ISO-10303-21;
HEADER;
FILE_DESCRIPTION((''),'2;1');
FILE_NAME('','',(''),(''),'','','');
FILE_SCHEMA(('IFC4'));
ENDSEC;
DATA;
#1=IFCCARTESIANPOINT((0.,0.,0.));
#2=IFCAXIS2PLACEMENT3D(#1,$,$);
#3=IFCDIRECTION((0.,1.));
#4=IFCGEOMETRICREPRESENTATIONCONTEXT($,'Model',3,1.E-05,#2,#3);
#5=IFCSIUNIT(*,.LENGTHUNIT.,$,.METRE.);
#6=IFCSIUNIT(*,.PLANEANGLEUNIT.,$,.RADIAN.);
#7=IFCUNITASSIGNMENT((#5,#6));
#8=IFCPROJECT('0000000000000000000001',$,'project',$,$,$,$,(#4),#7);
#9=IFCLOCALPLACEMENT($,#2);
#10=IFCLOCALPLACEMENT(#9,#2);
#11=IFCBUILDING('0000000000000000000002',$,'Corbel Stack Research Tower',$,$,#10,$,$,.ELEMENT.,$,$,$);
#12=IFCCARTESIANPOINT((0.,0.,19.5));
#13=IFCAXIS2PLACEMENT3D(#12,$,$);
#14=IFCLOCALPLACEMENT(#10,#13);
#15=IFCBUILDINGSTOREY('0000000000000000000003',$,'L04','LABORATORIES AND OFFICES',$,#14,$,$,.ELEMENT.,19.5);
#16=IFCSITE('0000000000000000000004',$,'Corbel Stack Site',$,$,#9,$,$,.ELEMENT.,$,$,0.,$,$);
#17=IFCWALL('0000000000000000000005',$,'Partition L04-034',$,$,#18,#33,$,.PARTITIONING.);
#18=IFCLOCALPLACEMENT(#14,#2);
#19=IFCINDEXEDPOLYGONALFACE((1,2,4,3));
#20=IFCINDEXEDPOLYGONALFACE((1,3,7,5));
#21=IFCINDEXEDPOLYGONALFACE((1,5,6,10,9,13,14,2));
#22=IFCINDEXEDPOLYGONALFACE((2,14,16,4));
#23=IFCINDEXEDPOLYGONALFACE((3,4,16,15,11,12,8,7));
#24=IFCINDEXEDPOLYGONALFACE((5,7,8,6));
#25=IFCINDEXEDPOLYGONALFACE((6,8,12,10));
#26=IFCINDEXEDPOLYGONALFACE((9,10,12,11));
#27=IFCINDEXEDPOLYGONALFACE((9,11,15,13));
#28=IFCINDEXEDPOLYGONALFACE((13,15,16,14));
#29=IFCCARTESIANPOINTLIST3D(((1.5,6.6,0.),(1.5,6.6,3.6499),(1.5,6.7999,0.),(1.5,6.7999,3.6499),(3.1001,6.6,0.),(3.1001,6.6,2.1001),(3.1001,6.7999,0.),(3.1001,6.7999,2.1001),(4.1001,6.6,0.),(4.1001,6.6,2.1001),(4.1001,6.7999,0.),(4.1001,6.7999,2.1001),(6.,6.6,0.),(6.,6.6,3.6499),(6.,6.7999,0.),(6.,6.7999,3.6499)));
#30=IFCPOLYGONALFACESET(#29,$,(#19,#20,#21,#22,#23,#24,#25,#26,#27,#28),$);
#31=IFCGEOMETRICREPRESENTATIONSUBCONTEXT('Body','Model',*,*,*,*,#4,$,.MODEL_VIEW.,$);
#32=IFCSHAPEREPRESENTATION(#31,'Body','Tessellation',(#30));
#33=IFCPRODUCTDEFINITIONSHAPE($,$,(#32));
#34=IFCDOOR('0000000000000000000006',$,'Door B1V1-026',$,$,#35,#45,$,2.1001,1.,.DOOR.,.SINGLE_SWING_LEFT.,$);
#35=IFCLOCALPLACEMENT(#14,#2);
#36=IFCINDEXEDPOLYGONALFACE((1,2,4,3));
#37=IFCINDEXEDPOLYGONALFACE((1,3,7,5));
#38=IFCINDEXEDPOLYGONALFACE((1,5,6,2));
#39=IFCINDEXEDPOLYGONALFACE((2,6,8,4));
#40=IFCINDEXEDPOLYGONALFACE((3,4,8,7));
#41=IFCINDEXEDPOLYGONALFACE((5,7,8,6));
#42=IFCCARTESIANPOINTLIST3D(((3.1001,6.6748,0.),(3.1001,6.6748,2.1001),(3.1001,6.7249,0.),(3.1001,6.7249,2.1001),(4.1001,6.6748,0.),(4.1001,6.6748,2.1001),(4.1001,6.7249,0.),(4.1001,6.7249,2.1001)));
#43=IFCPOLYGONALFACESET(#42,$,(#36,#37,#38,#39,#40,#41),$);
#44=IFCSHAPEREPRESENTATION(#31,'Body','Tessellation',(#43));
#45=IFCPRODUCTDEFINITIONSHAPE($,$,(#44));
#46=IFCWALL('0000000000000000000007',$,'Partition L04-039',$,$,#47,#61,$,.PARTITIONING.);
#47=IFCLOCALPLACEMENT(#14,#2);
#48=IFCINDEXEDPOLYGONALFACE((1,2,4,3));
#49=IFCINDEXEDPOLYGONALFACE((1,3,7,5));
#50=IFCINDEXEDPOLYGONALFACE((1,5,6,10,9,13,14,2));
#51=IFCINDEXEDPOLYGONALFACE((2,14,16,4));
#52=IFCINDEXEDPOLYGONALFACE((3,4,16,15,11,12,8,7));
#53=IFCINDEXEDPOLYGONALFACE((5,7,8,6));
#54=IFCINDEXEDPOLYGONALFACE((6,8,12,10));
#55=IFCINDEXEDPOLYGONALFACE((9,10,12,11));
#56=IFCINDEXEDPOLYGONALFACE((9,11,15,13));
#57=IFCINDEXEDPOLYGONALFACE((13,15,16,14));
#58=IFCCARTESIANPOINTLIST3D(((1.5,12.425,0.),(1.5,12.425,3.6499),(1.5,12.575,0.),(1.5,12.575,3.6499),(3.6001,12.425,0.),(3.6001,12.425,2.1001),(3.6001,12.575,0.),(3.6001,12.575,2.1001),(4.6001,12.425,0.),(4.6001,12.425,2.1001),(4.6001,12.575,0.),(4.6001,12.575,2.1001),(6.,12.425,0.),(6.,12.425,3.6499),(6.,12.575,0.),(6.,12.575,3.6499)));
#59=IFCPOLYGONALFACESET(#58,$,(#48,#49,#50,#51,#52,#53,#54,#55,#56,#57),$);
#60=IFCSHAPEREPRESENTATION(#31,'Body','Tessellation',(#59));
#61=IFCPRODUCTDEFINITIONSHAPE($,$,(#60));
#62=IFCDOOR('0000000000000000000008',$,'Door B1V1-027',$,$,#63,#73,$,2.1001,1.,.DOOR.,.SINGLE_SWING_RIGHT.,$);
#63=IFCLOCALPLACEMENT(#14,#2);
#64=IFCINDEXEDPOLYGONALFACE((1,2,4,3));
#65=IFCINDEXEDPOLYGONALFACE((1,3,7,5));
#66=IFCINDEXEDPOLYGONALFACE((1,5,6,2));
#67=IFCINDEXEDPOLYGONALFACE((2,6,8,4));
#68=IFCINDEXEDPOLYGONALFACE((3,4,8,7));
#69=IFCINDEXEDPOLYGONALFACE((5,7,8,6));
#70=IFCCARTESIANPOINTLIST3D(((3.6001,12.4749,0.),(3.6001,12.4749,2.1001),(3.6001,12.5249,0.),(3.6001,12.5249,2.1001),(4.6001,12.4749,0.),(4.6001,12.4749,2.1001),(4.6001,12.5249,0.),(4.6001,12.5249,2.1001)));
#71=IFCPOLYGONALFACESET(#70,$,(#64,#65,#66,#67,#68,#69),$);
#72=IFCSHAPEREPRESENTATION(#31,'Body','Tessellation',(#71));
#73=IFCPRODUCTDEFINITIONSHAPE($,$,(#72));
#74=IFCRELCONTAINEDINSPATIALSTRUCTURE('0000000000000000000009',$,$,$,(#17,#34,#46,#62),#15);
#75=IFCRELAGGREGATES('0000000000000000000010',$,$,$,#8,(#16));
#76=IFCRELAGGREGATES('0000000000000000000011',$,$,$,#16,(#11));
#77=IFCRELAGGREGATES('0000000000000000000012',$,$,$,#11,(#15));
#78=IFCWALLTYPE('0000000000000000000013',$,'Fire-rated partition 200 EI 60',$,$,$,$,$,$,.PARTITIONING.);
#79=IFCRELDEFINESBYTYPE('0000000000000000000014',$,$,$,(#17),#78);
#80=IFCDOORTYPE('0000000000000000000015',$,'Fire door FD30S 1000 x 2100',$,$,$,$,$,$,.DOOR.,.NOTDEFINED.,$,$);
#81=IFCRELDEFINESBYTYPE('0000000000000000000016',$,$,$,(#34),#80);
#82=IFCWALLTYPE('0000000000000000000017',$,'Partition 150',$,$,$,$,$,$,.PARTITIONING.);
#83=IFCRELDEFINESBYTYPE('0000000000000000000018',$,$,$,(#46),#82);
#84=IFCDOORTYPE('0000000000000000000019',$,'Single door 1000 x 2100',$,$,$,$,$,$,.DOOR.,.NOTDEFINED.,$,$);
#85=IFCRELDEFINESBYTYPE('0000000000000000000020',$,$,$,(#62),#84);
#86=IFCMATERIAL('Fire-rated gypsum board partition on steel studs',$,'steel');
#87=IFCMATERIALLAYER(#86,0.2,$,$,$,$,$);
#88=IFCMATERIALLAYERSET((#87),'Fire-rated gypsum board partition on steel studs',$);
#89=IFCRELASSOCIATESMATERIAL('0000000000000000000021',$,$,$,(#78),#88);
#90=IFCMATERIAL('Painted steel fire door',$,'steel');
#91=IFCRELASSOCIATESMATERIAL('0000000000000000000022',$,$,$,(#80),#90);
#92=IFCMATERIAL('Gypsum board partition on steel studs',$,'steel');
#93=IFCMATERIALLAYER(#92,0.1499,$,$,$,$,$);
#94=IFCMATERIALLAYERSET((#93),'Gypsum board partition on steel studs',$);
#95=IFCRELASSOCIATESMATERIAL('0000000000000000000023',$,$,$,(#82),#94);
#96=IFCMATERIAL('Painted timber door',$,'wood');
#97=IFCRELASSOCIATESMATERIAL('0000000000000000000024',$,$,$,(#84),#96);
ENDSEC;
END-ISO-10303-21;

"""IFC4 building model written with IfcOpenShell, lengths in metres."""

from ifc_helpers import new_model, si_unit, direction, frame, frame_2d, origin, place, context, subcontext, project, spatial, rectangle, extrude, material, layer, layer_set, type_object, element, fill, save


model = new_model("IFC4")

# Units and contexts
model_context = context("Model", 3, precision=1e-05, world=origin(), true_north=direction((0.0, 1.0)))
body_context = subcontext(model_context, "Body", "Model", "MODEL_VIEW")
ifc_project = project(units=[si_unit("LENGTHUNIT", "METRE"), si_unit("PLANEANGLEUNIT", "RADIAN")], contexts=[model_context])

# Site, building, storey
site_placement = place(None, origin())
site = spatial("IfcSite", under=ifc_project, at=site_placement, Name="Corbel Stack Site", CompositionType="ELEMENT", RefElevation=0.0)
building_placement = place(site_placement, origin())
building = spatial("IfcBuilding", under=site, at=building_placement, Name="Corbel Stack Research Tower", CompositionType="ELEMENT")
storey_placement = place(building_placement, frame((0.0, 0.0, 19.5)))
storey = spatial("IfcBuildingStorey", under=building, at=storey_placement, Name="L04", Description="LABORATORIES AND OFFICES", CompositionType="ELEMENT", Elevation=19.5)

# Walls, openings, doors
ifc_material_1 = material(Name="Fire-rated gypsum board partition on steel studs", Category="steel")
ifc_layer_1 = layer(ifc_material_1, 0.2)
ifc_layer_set_1 = layer_set([ifc_layer_1], Name="Fire-rated gypsum board partition on steel studs")
wall_type_1 = type_object("IfcWallType", Name="Fire-rated partition 200 EI 60", PredefinedType="PARTITIONING", material=ifc_layer_set_1)
wall_1_placement = place(storey_placement, frame((1.5, 6.7, 0.0), z_axis=(0.0, 0.0, 1.0), x_axis=(1.0, 0.0, 0.0)))
wall_1 = element("IfcWall", 1, at=wall_1_placement, inside=storey, type_object=wall_type_1, Name="Partition L04-034", PredefinedType="PARTITIONING", context=body_context, shape_type="SweptSolid", body=[
    extrude(rectangle(XDim=4.5, YDim=0.2, at=frame_2d((2.25, 0.0))), origin(), (0.0, 0.0, 1.0), 3.6499),
])
opening_1_placement = place(wall_1_placement, frame((1.6001, 0.0, 0.0)))
opening_1 = element("IfcOpeningElement", 2, at=opening_1_placement, cuts=wall_1, PredefinedType="OPENING", context=body_context, shape_type="SweptSolid", body=[
    extrude(rectangle(XDim=1.0, YDim=2.1001, at=frame_2d((0.5, 1.05))), frame((0.0, 0.1099, 0.0), z_axis=(0.0, -1.0, 0.0), x_axis=(1.0, 0.0, 0.0)), (0.0, 0.0, 1.0), 0.22),
])
ifc_material_2 = material(Name="Painted steel fire door", Category="steel")
door_type_1 = type_object("IfcDoorType", Name="Fire door FD30S 1000 x 2100", OperationType="NOTDEFINED", PredefinedType="DOOR", material=ifc_material_2)
door_1_placement = place(opening_1_placement, origin())
door_1 = element("IfcDoor", 3, at=door_1_placement, inside=storey, type_object=door_type_1, Name="Door B1V1-026", OperationType="SINGLE_SWING_LEFT", OverallHeight=2.1001, OverallWidth=1.0, PredefinedType="DOOR", context=body_context, shape_type="SweptSolid", body=[
    extrude(rectangle(XDim=1.0, YDim=2.1001, at=frame_2d((0.5, 1.05))), frame((0.0, 0.0249, 0.0), z_axis=(0.0, -1.0, 0.0), x_axis=(1.0, 0.0, 0.0)), (0.0, 0.0, 1.0), 0.05),
])
fill(opening_1, door_1)
ifc_material_3 = material(Name="Gypsum board partition on steel studs", Category="steel")
ifc_layer_2 = layer(ifc_material_3, 0.1499)
ifc_layer_set_2 = layer_set([ifc_layer_2], Name="Gypsum board partition on steel studs")
wall_type_2 = type_object("IfcWallType", Name="Partition 150", PredefinedType="PARTITIONING", material=ifc_layer_set_2)
wall_2_placement = place(storey_placement, frame((1.5, 12.5, 0.0), z_axis=(0.0, 0.0, 1.0), x_axis=(1.0, 0.0, 0.0)))
wall_2 = element("IfcWall", 4, at=wall_2_placement, inside=storey, type_object=wall_type_2, Name="Partition L04-039", PredefinedType="PARTITIONING", context=body_context, shape_type="SweptSolid", body=[
    extrude(rectangle(XDim=4.5, YDim=0.1499, at=frame_2d((2.25, 0.0))), origin(), (0.0, 0.0, 1.0), 3.6499),
])
opening_2_placement = place(wall_2_placement, frame((2.1001, 0.0, 0.0)))
opening_2 = element("IfcOpeningElement", 5, at=opening_2_placement, cuts=wall_2, PredefinedType="OPENING", context=body_context, shape_type="SweptSolid", body=[
    extrude(rectangle(XDim=1.0, YDim=2.1001, at=frame_2d((0.5, 1.05))), frame((0.0, 0.085, 0.0), z_axis=(0.0, -1.0, 0.0), x_axis=(1.0, 0.0, 0.0)), (0.0, 0.0, 1.0), 0.1699),
])
ifc_material_4 = material(Name="Painted timber door", Category="wood")
door_type_2 = type_object("IfcDoorType", Name="Single door 1000 x 2100", OperationType="NOTDEFINED", PredefinedType="DOOR", material=ifc_material_4)
door_2_placement = place(opening_2_placement, origin())
door_2 = element("IfcDoor", 6, at=door_2_placement, inside=storey, type_object=door_type_2, Name="Door B1V1-027", OperationType="SINGLE_SWING_RIGHT", OverallHeight=2.1001, OverallWidth=1.0, PredefinedType="DOOR", context=body_context, shape_type="SweptSolid", body=[
    extrude(rectangle(XDim=1.0, YDim=2.1001, at=frame_2d((0.5, 1.05))), frame((0.0, 0.0249, 0.0), z_axis=(0.0, -1.0, 0.0), x_axis=(1.0, 0.0, 0.0)), (0.0, 0.0, 1.0), 0.05),
])
fill(opening_2, door_2)

save(model, "model.ifc")
